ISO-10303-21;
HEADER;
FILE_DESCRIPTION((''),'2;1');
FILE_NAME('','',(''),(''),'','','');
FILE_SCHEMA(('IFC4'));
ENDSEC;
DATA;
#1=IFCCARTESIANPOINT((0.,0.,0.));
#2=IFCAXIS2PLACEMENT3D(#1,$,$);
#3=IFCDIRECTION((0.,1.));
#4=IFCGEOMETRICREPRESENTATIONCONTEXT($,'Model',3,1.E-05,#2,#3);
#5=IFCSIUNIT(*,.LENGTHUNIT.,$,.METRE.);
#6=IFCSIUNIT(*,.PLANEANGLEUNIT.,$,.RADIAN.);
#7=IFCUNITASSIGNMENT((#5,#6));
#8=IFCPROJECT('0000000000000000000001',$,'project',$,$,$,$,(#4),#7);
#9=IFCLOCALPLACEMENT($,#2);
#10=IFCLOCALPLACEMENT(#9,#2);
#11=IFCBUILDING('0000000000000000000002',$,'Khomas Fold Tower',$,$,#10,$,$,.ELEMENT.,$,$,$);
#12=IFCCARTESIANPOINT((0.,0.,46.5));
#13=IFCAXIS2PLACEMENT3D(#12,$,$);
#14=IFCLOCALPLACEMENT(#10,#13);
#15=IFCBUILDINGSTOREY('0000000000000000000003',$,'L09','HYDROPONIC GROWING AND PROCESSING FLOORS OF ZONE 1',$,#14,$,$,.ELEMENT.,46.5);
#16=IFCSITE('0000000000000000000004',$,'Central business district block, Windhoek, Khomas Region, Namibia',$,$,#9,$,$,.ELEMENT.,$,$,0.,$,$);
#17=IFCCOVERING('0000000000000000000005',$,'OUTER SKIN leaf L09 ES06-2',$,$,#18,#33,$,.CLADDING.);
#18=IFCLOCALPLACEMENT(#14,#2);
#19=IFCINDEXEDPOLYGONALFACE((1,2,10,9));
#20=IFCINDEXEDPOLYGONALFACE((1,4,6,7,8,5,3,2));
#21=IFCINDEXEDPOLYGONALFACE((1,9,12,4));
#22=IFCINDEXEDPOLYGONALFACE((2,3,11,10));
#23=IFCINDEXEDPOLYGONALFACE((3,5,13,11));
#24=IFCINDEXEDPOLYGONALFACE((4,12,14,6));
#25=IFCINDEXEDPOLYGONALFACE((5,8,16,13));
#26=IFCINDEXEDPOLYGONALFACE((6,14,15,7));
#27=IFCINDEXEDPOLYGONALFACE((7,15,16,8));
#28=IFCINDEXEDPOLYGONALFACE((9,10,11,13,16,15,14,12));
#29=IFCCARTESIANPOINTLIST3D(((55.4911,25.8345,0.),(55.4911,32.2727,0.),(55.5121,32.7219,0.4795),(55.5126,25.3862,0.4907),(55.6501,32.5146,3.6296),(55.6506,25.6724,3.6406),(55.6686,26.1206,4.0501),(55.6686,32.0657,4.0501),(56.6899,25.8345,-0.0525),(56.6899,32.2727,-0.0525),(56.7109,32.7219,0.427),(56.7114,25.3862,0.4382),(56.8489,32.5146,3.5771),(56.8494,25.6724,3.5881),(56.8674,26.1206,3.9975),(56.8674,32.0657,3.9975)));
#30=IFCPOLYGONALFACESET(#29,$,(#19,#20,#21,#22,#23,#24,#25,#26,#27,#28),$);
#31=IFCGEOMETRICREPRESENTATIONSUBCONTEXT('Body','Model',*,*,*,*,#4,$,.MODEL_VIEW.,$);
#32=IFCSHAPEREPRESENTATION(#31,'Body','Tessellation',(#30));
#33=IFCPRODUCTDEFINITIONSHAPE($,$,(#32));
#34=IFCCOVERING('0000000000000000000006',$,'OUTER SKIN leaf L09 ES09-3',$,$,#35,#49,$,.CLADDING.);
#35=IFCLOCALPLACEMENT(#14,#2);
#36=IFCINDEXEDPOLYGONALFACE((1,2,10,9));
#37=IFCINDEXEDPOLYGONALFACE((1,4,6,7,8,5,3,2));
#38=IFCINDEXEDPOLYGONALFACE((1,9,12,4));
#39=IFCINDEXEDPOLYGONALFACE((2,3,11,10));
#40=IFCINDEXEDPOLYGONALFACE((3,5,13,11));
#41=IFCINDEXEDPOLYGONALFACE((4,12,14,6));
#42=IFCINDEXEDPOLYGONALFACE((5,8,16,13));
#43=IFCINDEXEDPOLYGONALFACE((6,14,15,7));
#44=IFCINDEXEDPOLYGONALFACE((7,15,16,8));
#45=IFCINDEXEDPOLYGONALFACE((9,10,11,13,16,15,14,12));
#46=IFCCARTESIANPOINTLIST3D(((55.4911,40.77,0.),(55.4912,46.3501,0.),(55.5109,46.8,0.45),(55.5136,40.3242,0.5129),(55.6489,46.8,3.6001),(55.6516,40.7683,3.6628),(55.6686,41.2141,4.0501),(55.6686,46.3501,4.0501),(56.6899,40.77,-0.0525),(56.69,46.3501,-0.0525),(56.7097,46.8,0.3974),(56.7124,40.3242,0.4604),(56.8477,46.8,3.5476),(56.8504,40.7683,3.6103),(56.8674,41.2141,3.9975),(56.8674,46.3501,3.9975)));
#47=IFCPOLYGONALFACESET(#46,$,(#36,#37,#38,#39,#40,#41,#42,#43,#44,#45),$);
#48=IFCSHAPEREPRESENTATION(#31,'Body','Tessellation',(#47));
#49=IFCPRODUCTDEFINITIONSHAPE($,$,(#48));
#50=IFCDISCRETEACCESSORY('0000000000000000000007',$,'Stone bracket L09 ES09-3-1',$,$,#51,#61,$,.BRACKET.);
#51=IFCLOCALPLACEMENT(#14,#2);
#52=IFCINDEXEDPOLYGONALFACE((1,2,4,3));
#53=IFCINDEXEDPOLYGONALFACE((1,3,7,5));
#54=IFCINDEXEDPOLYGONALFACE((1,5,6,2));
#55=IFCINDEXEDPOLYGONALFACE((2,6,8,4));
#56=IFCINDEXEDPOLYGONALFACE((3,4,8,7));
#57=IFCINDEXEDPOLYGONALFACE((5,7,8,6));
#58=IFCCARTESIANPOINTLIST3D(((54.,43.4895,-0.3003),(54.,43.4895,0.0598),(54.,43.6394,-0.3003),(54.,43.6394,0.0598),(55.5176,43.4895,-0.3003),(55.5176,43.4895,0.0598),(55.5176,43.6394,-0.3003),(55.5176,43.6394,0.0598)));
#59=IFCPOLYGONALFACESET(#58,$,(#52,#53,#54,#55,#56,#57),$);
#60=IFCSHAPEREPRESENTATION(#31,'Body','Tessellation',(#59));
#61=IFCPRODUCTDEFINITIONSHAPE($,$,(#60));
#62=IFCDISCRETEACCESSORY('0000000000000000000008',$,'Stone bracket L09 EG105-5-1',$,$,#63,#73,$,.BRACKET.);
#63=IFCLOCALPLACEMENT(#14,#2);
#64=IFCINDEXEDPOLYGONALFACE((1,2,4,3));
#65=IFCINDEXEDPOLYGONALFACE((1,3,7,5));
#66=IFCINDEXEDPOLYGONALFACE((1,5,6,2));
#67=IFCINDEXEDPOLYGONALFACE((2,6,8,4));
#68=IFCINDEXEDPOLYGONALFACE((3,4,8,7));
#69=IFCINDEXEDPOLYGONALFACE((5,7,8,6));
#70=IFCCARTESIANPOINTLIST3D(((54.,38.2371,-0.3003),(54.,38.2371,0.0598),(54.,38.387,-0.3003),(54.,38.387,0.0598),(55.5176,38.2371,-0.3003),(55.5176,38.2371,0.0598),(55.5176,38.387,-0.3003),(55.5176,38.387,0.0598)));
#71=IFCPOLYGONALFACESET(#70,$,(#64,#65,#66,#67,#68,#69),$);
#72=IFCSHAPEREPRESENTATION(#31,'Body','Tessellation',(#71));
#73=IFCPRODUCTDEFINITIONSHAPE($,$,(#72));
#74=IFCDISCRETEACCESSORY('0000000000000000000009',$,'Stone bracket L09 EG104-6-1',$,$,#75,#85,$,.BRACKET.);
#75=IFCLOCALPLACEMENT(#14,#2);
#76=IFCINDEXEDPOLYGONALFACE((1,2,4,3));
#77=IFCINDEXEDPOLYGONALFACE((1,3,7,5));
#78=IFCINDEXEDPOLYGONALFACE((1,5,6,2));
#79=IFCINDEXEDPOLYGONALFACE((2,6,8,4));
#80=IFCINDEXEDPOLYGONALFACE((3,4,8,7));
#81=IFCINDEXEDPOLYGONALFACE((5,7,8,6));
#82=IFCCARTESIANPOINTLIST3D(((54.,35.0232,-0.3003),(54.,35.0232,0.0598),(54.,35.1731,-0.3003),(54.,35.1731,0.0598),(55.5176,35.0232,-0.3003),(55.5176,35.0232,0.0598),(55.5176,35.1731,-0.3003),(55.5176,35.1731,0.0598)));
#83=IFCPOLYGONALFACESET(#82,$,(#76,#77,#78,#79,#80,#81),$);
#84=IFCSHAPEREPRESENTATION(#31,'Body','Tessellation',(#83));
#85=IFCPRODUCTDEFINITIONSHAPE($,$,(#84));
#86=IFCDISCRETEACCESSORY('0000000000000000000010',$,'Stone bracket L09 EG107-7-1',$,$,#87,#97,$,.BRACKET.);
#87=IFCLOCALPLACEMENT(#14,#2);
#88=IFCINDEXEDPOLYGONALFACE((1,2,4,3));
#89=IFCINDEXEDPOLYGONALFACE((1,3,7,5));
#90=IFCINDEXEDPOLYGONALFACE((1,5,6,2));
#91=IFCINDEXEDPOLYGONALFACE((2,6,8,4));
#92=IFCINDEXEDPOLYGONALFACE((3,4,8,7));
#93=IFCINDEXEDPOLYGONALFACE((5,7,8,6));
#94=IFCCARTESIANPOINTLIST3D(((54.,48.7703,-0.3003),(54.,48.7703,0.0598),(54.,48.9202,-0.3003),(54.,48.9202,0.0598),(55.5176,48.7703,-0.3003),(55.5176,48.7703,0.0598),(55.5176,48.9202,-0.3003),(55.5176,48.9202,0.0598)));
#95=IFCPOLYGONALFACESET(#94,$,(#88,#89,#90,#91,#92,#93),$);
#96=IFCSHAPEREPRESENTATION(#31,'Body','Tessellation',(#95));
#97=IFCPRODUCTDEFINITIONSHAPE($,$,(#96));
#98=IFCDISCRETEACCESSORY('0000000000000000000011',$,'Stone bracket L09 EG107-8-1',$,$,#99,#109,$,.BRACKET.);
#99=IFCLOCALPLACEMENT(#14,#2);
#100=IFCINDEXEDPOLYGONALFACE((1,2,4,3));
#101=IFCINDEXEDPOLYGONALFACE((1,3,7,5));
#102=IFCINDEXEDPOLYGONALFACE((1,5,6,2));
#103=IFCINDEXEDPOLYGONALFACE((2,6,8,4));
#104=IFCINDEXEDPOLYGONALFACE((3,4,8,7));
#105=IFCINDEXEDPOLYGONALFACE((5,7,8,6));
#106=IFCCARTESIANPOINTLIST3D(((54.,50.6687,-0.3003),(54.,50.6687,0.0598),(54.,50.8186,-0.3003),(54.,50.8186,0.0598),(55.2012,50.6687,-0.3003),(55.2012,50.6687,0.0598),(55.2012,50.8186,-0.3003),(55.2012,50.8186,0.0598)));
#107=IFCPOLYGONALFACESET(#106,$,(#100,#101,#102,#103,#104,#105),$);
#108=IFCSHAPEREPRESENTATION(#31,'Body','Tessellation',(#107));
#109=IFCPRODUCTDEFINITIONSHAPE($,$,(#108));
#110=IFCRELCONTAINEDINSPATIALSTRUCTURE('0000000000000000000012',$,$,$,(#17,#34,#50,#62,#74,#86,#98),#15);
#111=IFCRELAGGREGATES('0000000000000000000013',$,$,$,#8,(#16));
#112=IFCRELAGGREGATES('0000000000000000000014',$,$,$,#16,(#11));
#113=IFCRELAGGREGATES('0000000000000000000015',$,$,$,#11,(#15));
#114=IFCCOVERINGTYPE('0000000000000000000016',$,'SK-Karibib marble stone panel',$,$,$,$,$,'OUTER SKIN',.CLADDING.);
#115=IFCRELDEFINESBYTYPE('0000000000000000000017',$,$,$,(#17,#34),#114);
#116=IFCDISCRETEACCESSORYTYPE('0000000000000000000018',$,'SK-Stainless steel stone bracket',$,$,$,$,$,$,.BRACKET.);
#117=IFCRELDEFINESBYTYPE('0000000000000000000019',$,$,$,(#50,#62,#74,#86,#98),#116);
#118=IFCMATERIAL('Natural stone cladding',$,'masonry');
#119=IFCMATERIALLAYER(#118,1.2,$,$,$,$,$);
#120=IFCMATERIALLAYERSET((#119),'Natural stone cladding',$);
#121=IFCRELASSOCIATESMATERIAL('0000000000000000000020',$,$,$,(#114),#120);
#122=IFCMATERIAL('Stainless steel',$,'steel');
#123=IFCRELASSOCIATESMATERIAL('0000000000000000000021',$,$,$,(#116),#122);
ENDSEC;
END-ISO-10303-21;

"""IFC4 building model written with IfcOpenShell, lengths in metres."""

from ifc_helpers import new_model, si_unit, direction, frame, origin, origin_2d, place, context, subcontext, project, spatial, polyline, rectangle, outline, extrude, source, transform, mapped, material, layer, layer_set, type_object, element, save


model = new_model("IFC4")

# Units and contexts
model_context = context("Model", 3, precision=1e-05, world=origin(), true_north=direction((0.0, 1.0)))
body_context = subcontext(model_context, "Body", "Model", "MODEL_VIEW")
ifc_project = project(units=[si_unit("LENGTHUNIT", "METRE"), si_unit("PLANEANGLEUNIT", "RADIAN")], contexts=[model_context])

# Site, building, storey
site_placement = place(None, origin())
site = spatial("IfcSite", under=ifc_project, at=site_placement, Name="Central business district block, Windhoek, Khomas Region, Namibia", CompositionType="ELEMENT", RefElevation=0.0)
building_placement = place(site_placement, origin())
building = spatial("IfcBuilding", under=site, at=building_placement, Name="Khomas Fold Tower", CompositionType="ELEMENT")
storey_placement = place(building_placement, frame((0.0, 0.0, 46.5)))
storey = spatial("IfcBuildingStorey", under=building, at=storey_placement, Name="L09", Description="HYDROPONIC GROWING AND PROCESSING FLOORS OF ZONE 1", CompositionType="ELEMENT", Elevation=46.5)

# Coverings
ifc_material_1 = material(Name="Natural stone cladding", Category="masonry")
ifc_layer_1 = layer(ifc_material_1, 1.2)
ifc_layer_set_1 = layer_set([ifc_layer_1], Name="Natural stone cladding")
covering_type = type_object("IfcCoveringType", Name="SK-Karibib marble stone panel", ElementType="OUTER SKIN", PredefinedType="CLADDING", material=ifc_layer_set_1)
covering_1_placement = place(storey_placement, frame((55.6501, 32.5146, 3.6296), z_axis=(-0.999041, 0.0, 0.043779), x_axis=(-0.043685, 0.065594, -0.99689)))
element("IfcCovering", 1, at=covering_1_placement, inside=storey, type_object=covering_type, Name="OUTER SKIN leaf L09 ES06-2", PredefinedType="CLADDING", context=body_context, shape_type="SweptSolid", body=[
    extrude(outline(polyline([(0.0, 0.0), (3.16, 0.0), (3.6094, 0.4797), (3.1871, 6.9041), (2.6676, 7.3192), (-0.4598, 6.8268), (-0.8393, 6.3527), (-0.4494, 0.4204), (0.0, 0.0)])), origin(), (0.0, 0.0, -1.0), 1.2),
])
covering_2_placement = place(storey_placement, frame((55.6489, 46.8, 3.6001), z_axis=(-0.999041, 0.00001, 0.043779), x_axis=(-0.043779, 0.0, -0.999041)))
element("IfcCovering", 2, at=covering_2_placement, inside=storey, type_object=covering_type, Name="OUTER SKIN leaf L09 ES09-3", PredefinedType="CLADDING", context=body_context, shape_type="SweptSolid", body=[
    extrude(outline(polyline([(0.0, 0.0), (3.1532, 0.0), (3.6036, 0.45), (3.6036, 6.03), (3.0901, 6.4758), (-0.0628, 6.0317), (-0.4504, 5.5859), (-0.4504, 0.45), (0.0, 0.0)])), origin(), (0.0, 0.0, -1.0), 1.2),
])

# Discrete accessories
ifc_material_2 = material(Name="Stainless steel", Category="steel")
discrete_accessory_type = type_object("IfcDiscreteAccessoryType", Name="SK-Stainless steel stone bracket", PredefinedType="BRACKET", material=ifc_material_2)
shared_shape_1 = source(origin(), body_context, "Body", "SweptSolid", [
    extrude(rectangle(XDim=1.5176, YDim=0.1499, at=origin_2d()), origin(), (0.0, 0.0, 1.0), 0.3601),
])
for number, where, z_axis, x_axis, name in (
    (3, (54.7588, 43.5645, -0.3003), (0.0, 0.0, 1.0), (1.0, 0.0, 0.0), "Stone bracket L09 ES09-3-1"),
    (4, (54.7588, 38.312, -0.3003), (0.0, 0.0, 1.0), (1.0, 0.0, 0.0), "Stone bracket L09 EG105-5-1"),
    (5, (54.7588, 35.0981, -0.3003), (0.0, 0.0, 1.0), (1.0, 0.0, 0.0), "Stone bracket L09 EG104-6-1"),
    (6, (54.7588, 48.8452, -0.3003), (0.0, 0.0, 1.0), (1.0, 0.0, 0.0), "Stone bracket L09 EG107-7-1"),
):
    element("IfcDiscreteAccessory", number, at=place(storey_placement, frame(where, z_axis=z_axis, x_axis=x_axis)), inside=storey, type_object=discrete_accessory_type, Name=name, PredefinedType="BRACKET", context=body_context, shape_type="MappedRepresentation", body=[
        mapped(shared_shape_1, transform((0.0, 0.0, 0.0))),
    ])
shared_shape_2 = source(origin(), body_context, "Body", "SweptSolid", [
    extrude(rectangle(XDim=1.2012, YDim=0.1499, at=origin_2d()), origin(), (0.0, 0.0, 1.0), 0.3601),
])
discrete_accessory_placement = place(storey_placement, frame((54.6006, 50.7437, -0.3003), z_axis=(0.0, 0.0, 1.0), x_axis=(1.0, 0.0, 0.0)))
element("IfcDiscreteAccessory", 7, at=discrete_accessory_placement, inside=storey, type_object=discrete_accessory_type, Name="Stone bracket L09 EG107-8-1", PredefinedType="BRACKET", context=body_context, shape_type="MappedRepresentation", body=[
    mapped(shared_shape_2, transform((0.0, 0.0, 0.0))),
])

save(model, "model.ifc")
